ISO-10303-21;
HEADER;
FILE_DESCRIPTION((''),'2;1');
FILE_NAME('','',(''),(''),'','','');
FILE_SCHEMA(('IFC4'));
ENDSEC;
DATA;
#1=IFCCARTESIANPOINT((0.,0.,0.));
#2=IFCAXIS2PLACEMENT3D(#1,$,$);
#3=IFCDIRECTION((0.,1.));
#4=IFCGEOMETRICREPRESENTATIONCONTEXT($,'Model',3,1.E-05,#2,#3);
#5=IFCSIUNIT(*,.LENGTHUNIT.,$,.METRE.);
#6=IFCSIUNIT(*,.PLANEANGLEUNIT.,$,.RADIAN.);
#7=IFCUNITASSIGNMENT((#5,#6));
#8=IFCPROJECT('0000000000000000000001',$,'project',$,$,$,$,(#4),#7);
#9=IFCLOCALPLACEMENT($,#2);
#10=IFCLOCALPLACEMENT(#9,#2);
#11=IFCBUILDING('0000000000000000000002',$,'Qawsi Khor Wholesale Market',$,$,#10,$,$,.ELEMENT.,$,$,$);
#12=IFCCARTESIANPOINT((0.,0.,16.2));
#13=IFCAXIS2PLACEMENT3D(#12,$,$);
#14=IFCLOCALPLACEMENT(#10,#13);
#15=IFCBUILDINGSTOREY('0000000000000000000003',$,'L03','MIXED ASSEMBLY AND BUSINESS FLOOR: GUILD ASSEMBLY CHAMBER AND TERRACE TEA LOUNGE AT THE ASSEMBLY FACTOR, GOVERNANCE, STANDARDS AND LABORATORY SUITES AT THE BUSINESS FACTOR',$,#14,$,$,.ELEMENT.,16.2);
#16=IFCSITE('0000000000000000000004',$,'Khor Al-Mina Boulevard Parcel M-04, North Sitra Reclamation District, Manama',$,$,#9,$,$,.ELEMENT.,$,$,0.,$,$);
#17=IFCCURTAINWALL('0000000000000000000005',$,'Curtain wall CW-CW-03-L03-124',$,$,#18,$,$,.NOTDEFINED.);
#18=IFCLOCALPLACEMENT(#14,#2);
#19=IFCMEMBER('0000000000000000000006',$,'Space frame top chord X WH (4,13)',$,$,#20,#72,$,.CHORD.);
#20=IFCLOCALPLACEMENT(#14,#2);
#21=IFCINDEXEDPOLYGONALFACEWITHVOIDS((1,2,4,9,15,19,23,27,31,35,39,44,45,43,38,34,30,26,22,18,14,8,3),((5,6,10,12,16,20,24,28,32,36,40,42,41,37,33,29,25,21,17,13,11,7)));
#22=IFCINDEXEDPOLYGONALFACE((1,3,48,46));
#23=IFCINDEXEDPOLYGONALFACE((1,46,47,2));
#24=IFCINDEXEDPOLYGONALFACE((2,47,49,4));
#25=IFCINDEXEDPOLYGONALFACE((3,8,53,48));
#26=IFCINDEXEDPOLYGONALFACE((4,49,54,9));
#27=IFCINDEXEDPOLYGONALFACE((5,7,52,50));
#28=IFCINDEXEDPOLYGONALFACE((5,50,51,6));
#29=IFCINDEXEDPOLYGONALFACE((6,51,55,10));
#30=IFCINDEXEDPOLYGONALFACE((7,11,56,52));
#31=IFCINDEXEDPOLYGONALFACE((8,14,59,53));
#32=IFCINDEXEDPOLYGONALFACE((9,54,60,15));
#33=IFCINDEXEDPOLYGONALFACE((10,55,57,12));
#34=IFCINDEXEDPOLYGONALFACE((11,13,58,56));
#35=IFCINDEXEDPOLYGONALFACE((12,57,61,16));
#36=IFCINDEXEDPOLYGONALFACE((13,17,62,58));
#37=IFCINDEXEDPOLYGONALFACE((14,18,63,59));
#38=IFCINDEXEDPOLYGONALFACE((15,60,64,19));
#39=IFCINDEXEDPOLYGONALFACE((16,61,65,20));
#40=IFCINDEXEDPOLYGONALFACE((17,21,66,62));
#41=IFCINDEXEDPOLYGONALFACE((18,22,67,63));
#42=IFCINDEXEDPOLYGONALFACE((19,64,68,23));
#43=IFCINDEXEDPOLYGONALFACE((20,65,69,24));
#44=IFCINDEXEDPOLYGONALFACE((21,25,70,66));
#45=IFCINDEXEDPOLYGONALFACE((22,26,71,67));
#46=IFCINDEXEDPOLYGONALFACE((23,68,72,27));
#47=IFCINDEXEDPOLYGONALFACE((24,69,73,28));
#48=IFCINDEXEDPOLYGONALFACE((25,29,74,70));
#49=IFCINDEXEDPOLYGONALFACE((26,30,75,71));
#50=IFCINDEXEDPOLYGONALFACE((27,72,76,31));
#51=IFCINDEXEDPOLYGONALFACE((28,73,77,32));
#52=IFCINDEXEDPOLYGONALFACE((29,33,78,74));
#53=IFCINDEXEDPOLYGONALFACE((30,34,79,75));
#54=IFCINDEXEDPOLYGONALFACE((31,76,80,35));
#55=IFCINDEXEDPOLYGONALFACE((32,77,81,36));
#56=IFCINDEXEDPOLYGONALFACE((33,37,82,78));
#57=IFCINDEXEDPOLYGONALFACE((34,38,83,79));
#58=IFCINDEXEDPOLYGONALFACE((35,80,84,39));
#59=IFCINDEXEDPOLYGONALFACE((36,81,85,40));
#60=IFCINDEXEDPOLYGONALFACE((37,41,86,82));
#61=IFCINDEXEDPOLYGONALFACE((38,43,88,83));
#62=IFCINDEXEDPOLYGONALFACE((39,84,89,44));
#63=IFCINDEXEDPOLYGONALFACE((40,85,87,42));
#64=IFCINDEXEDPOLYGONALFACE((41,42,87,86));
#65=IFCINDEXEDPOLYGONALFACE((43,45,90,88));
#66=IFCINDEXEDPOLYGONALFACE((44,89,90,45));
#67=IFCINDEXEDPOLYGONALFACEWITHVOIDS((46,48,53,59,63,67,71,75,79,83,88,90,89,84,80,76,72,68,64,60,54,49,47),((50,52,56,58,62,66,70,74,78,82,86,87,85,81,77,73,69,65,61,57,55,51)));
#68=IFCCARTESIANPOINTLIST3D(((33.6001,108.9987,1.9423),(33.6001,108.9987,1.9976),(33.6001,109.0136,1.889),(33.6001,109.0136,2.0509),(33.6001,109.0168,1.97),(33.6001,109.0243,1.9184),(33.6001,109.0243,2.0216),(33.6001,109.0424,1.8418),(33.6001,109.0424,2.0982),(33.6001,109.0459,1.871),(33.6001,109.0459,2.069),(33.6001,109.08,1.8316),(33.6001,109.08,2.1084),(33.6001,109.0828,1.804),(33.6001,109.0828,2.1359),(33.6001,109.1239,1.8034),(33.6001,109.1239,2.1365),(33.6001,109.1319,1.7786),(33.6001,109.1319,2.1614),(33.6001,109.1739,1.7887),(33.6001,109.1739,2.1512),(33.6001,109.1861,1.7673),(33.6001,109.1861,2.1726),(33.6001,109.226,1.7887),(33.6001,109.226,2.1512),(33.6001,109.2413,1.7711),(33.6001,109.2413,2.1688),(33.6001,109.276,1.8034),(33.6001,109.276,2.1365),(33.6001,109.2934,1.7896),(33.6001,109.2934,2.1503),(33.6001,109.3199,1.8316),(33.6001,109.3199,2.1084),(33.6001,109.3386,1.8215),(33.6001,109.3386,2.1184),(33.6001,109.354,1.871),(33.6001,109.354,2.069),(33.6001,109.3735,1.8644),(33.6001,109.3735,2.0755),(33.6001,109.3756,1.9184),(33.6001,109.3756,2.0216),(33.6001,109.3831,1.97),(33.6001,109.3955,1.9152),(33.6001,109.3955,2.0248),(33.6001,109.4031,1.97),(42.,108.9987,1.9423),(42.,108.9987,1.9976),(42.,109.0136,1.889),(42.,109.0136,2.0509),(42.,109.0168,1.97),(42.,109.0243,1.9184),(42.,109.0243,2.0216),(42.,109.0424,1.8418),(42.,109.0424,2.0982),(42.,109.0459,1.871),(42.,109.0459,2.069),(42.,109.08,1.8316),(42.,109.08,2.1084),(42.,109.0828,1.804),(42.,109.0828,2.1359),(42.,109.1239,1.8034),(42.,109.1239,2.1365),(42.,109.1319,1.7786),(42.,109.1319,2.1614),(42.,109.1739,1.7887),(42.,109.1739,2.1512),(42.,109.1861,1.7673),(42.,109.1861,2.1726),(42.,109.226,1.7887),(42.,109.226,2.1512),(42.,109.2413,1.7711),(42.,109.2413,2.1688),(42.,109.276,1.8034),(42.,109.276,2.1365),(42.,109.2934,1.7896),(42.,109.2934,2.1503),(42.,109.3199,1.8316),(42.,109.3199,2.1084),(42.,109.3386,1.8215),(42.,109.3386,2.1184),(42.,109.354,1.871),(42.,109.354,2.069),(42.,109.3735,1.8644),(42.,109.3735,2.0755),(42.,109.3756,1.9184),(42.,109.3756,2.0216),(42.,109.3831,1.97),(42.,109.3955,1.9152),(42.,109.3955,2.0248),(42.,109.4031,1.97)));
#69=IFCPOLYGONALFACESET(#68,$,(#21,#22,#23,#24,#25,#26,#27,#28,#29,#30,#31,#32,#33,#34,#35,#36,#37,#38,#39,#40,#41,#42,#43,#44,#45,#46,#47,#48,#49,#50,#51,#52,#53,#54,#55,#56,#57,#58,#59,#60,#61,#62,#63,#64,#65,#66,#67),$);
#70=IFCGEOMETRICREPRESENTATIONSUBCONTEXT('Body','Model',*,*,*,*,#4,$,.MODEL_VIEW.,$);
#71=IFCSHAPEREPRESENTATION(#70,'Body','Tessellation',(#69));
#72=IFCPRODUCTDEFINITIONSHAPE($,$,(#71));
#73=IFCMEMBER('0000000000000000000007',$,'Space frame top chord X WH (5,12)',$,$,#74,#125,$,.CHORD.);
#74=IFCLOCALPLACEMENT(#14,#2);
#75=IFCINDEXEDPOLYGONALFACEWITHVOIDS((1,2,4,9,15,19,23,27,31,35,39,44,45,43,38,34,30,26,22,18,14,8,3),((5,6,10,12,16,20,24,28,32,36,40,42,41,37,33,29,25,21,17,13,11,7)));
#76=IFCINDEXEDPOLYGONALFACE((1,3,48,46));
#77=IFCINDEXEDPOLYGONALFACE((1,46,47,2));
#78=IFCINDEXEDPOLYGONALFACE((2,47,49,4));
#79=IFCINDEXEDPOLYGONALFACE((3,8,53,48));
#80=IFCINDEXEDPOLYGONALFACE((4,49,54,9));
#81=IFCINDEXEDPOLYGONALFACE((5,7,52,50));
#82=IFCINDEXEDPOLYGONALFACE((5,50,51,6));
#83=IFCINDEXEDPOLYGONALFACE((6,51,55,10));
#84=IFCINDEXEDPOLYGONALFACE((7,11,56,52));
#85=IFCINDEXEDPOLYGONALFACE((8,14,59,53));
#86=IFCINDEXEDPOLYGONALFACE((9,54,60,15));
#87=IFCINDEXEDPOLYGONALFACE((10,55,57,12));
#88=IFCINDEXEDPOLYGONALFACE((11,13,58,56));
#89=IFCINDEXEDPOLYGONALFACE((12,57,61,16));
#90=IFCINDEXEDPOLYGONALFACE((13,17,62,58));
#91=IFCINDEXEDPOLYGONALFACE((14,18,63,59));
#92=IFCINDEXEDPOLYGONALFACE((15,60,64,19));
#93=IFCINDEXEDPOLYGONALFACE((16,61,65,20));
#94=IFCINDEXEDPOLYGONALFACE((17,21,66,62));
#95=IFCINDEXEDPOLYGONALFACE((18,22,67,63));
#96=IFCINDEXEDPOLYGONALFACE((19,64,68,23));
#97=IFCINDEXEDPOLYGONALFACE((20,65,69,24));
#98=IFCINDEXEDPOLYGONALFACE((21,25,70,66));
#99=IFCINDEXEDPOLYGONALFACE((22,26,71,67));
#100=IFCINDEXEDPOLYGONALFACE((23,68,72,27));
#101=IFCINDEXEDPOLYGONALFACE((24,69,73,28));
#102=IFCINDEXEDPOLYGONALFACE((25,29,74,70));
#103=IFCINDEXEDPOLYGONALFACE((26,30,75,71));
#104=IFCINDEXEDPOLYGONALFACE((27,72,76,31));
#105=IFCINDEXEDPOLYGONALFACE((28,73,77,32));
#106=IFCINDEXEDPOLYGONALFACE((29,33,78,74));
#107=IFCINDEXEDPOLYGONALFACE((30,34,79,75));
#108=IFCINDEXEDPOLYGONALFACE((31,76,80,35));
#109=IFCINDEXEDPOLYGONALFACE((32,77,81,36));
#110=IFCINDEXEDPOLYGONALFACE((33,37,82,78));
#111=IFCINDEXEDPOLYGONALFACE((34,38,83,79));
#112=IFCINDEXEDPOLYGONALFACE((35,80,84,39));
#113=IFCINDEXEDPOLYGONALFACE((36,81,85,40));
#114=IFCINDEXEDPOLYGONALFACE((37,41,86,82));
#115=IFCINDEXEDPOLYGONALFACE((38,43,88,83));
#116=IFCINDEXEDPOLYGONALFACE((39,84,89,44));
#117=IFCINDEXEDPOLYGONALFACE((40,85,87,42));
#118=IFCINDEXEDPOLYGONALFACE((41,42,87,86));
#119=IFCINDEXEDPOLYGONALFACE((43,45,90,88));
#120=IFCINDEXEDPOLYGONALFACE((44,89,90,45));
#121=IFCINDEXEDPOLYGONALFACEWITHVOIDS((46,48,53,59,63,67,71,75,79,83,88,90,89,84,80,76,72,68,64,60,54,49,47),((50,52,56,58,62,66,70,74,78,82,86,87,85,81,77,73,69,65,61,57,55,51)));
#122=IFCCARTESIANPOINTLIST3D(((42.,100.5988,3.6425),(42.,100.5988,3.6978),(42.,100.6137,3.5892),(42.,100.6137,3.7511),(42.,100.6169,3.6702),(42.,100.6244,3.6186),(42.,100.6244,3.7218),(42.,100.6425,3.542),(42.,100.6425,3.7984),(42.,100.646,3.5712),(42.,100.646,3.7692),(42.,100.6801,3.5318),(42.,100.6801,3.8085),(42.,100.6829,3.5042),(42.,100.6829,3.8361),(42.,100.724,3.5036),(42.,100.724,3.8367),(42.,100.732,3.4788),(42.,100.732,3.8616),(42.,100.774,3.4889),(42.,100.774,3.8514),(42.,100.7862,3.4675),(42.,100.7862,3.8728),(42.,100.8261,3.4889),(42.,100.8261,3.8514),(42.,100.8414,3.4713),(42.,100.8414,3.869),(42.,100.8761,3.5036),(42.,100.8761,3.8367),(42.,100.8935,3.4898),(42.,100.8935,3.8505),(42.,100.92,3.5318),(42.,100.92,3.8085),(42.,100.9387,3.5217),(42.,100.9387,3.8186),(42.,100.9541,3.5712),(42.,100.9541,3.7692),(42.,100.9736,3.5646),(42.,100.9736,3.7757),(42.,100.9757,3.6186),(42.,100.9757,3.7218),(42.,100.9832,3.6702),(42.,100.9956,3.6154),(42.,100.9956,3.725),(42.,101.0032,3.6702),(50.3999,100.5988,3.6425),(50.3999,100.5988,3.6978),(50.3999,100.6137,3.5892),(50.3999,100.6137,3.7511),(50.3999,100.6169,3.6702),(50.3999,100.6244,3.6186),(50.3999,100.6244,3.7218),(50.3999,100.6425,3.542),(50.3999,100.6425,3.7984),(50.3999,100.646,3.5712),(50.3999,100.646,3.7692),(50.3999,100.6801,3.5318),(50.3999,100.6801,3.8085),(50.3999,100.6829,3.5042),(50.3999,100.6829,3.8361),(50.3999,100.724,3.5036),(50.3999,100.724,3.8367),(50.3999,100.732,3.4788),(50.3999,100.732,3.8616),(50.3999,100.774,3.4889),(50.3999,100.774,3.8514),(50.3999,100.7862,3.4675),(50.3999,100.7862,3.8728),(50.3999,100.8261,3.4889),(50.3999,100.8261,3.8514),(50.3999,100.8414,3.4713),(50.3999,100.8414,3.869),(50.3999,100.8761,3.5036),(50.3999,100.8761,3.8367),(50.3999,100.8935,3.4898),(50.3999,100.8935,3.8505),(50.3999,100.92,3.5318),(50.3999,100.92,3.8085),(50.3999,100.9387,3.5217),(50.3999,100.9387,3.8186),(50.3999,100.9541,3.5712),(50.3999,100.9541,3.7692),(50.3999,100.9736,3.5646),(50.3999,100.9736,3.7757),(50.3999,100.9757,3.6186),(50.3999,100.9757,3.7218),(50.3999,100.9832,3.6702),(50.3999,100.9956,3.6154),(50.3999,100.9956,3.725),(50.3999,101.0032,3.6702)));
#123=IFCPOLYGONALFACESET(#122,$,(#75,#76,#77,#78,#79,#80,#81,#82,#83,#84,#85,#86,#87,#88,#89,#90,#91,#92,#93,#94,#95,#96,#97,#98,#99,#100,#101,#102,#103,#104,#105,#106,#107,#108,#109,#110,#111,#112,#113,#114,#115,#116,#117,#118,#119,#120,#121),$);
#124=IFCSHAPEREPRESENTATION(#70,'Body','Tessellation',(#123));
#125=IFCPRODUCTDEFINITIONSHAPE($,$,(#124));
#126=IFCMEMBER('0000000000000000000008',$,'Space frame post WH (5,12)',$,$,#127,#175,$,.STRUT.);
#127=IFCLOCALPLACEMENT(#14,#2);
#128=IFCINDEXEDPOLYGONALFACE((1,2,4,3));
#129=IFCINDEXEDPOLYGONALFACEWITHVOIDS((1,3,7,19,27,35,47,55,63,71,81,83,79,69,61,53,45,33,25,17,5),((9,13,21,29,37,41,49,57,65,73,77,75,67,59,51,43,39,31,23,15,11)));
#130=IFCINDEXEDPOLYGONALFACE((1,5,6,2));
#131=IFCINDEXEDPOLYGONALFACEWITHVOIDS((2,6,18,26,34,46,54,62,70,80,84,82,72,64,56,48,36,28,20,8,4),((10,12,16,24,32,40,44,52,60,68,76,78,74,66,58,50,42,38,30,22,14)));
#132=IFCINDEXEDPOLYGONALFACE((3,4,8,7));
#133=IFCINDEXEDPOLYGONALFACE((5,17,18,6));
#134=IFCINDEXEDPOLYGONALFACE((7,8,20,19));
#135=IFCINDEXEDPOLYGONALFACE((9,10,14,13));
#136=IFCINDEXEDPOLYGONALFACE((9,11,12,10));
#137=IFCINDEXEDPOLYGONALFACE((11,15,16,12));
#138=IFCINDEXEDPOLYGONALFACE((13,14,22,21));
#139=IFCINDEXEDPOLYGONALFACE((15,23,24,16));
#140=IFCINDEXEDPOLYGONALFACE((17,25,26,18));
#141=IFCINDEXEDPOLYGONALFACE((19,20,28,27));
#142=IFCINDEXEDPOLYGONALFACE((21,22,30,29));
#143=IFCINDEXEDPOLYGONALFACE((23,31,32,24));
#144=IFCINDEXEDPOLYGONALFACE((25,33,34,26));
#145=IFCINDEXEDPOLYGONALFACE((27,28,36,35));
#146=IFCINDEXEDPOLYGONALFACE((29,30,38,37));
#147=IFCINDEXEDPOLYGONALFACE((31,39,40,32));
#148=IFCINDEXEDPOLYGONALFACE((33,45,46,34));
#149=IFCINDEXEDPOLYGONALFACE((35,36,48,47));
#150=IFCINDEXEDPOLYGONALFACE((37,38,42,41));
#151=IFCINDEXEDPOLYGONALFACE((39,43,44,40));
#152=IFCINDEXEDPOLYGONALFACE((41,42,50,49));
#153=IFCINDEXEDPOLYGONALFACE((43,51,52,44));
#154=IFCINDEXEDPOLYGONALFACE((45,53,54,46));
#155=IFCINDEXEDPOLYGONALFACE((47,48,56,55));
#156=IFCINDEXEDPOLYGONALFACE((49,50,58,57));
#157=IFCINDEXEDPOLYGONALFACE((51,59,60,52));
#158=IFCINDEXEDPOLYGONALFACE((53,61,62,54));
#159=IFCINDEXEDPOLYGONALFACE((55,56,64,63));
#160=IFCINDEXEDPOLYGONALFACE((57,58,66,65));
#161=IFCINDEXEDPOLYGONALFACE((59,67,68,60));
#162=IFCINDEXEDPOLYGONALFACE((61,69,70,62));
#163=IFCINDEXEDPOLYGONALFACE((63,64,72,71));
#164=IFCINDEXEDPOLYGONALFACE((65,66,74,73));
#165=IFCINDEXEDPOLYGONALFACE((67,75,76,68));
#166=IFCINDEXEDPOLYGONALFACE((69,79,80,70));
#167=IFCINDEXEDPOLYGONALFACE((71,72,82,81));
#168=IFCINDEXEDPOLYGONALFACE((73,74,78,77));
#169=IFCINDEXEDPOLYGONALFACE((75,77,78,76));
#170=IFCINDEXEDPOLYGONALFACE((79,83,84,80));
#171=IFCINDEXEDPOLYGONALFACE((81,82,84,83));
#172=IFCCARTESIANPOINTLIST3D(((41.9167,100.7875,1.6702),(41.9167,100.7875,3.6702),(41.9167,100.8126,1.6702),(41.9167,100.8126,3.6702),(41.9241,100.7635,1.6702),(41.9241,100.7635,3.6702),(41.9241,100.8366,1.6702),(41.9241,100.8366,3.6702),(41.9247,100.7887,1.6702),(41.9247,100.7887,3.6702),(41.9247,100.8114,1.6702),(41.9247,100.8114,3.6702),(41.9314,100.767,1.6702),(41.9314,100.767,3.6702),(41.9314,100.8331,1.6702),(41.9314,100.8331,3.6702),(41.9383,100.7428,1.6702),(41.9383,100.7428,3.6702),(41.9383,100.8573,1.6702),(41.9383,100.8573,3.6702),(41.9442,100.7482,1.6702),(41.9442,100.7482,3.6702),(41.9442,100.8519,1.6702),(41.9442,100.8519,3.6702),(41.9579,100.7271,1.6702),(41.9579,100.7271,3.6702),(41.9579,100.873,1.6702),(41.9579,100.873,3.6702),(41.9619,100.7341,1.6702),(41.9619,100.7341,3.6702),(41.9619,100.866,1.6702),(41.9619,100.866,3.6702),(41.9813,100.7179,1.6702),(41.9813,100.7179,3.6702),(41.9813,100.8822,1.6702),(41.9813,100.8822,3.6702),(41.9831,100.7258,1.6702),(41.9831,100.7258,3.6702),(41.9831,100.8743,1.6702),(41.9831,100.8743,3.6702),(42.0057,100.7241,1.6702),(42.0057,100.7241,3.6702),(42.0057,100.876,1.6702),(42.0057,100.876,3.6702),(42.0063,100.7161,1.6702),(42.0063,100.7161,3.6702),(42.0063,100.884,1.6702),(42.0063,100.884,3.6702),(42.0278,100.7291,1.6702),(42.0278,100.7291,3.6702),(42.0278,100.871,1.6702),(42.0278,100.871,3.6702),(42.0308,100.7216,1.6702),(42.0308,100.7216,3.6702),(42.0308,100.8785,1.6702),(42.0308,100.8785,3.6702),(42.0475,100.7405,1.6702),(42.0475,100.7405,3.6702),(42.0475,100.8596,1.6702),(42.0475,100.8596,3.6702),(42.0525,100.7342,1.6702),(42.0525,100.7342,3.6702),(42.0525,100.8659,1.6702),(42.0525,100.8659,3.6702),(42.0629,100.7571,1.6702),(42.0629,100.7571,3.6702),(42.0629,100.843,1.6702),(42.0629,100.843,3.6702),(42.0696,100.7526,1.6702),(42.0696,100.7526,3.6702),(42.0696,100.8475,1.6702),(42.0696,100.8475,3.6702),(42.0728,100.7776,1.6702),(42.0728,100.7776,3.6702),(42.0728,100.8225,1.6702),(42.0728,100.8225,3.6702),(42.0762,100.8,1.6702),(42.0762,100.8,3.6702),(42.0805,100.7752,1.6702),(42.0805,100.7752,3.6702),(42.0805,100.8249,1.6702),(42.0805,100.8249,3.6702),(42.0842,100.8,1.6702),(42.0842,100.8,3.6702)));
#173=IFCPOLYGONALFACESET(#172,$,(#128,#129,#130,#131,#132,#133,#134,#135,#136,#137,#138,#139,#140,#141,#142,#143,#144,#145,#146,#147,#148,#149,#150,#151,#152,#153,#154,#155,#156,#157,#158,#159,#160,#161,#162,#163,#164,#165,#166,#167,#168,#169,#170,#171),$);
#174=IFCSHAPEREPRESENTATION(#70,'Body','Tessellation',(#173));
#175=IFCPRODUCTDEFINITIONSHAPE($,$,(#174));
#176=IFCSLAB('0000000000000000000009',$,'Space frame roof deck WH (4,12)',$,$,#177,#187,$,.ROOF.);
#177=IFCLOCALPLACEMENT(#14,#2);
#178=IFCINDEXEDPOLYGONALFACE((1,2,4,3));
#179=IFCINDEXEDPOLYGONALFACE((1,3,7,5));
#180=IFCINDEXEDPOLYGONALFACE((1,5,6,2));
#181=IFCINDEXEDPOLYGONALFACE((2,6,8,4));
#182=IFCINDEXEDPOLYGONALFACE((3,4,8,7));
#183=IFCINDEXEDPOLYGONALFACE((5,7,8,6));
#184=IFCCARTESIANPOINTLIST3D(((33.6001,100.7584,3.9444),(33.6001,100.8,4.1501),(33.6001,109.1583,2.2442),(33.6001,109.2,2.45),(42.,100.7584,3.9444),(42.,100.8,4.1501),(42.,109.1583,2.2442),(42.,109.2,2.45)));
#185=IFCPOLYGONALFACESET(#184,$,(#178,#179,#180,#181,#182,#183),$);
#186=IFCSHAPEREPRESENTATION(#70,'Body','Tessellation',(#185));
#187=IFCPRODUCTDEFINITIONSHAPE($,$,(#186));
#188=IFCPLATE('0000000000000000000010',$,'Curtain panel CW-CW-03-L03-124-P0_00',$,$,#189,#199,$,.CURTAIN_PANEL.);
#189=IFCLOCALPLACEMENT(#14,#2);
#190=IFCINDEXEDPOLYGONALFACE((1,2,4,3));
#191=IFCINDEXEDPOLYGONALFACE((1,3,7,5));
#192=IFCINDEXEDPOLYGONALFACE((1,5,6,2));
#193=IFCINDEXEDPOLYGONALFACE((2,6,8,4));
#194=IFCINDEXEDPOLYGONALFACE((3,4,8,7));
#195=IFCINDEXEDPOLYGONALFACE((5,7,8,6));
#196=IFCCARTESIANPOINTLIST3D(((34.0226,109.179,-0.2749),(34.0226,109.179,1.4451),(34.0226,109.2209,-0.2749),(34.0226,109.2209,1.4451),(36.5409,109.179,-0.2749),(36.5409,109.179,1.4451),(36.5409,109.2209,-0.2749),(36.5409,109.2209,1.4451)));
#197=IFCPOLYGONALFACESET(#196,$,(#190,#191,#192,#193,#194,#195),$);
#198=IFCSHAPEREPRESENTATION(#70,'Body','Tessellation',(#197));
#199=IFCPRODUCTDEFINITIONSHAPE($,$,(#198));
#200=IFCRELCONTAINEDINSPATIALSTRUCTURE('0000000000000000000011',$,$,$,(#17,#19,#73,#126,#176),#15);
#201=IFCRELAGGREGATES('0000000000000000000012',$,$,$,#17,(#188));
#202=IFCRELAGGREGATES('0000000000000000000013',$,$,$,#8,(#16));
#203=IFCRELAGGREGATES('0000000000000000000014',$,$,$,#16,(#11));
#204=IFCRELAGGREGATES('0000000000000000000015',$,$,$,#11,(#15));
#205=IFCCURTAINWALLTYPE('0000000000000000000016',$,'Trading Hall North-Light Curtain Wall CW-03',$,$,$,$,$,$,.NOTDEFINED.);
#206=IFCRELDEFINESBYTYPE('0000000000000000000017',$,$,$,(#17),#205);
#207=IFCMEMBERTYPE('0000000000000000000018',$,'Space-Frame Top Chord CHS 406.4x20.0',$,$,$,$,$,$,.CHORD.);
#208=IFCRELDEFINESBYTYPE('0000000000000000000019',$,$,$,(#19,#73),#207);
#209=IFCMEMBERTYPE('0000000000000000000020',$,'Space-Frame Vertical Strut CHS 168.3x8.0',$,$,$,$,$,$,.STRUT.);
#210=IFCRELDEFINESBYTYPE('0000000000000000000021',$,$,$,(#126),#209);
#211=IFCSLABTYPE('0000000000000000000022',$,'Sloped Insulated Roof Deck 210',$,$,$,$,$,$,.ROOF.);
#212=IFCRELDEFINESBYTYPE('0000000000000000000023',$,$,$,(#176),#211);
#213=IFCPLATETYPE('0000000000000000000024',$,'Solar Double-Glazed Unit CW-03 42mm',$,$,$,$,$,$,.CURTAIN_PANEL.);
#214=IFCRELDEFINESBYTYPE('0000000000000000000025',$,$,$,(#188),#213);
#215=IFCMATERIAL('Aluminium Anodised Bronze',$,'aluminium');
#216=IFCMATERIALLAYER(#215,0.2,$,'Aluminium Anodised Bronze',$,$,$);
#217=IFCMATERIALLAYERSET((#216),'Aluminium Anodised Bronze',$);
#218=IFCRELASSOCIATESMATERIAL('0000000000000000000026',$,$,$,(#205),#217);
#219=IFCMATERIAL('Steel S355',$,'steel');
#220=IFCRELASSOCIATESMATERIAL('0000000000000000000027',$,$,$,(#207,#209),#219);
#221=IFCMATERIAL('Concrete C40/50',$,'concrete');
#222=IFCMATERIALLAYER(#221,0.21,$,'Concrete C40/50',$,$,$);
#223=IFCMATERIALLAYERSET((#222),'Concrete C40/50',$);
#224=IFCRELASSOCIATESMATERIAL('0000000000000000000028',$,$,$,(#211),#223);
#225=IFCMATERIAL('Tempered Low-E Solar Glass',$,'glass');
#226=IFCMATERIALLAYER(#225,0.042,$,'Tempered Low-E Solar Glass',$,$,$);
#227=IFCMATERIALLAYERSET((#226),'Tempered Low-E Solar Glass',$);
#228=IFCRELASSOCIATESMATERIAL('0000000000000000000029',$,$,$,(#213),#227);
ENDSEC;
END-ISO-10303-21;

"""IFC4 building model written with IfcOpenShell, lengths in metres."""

from ifc_helpers import new_model, si_unit, direction, frame, frame_2d, origin, origin_2d, place, context, subcontext, project, spatial, polyline, rectangle, hollow_circle, outline, extrude, material, layer, layer_set, material_profile, profile_set, type_object, element, aggregate, save


model = new_model("IFC4")

# Units and contexts
model_context = context("Model", 3, precision=1e-05, world=origin(), true_north=direction((0.0, 1.0)))
body_context = subcontext(model_context, "Body", "Model", "MODEL_VIEW")
ifc_project = project(units=[si_unit("LENGTHUNIT", "METRE"), si_unit("PLANEANGLEUNIT", "RADIAN")], contexts=[model_context])

# Site, building, storey
site_placement = place(None, origin())
site = spatial("IfcSite", under=ifc_project, at=site_placement, Name="Khor Al-Mina Boulevard Parcel M-04, North Sitra Reclamation District, Manama", CompositionType="ELEMENT", RefElevation=0.0)
building_placement = place(site_placement, origin())
building = spatial("IfcBuilding", under=site, at=building_placement, Name="Qawsi Khor Wholesale Market", CompositionType="ELEMENT")
storey_placement = place(building_placement, frame((0.0, 0.0, 16.2)))
storey = spatial("IfcBuildingStorey", under=building, at=storey_placement, Name="L03", Description="MIXED ASSEMBLY AND BUSINESS FLOOR: GUILD ASSEMBLY CHAMBER AND TERRACE TEA LOUNGE AT THE ASSEMBLY FACTOR, GOVERNANCE, STANDARDS AND LABORATORY SUITES AT THE BUSINESS FACTOR", CompositionType="ELEMENT", Elevation=16.2)

# Curtain wall
ifc_material_1 = material(Name="Aluminium Anodised Bronze", Category="aluminium")
ifc_layer_1 = layer(ifc_material_1, 0.2, Name="Aluminium Anodised Bronze")
ifc_layer_set_1 = layer_set([ifc_layer_1], Name="Aluminium Anodised Bronze")
curtain_wall_type = type_object("IfcCurtainWallType", Name="Trading Hall North-Light Curtain Wall CW-03", PredefinedType="NOTDEFINED", material=ifc_layer_set_1)
curtain_wall_placement = place(storey_placement, origin())
curtain_wall = element("IfcCurtainWall", 1, at=curtain_wall_placement, inside=storey, type_object=curtain_wall_type, Name="Curtain wall CW-CW-03-L03-124", PredefinedType="NOTDEFINED")

# Members
ifc_material_2 = material(Name="Steel S355", Category="steel")
ifc_material_profile_1 = material_profile(ifc_material_2, hollow_circle(Radius=0.2031, WallThickness=0.02, at=origin_2d()), Name="CHS 406.4x20.0")
ifc_profile_set_1 = profile_set([ifc_material_profile_1], Name="Steel S355")
member_type_1 = type_object("IfcMemberType", Name="Space-Frame Top Chord CHS 406.4x20.0", PredefinedType="CHORD", material=ifc_profile_set_1)
for number, where, z_axis, x_axis, name in (
    (2, (33.6001, 109.2, 1.97), (1.0, 0.0, 0.0), (0.0, 1.0, 0.0), "Space frame top chord X WH (4,13)"),
    (3, (42.0, 100.8, 3.6702), (1.0, 0.0, 0.0), (0.0, 1.0, 0.0), "Space frame top chord X WH (5,12)"),
):
    element("IfcMember", number, at=place(storey_placement, frame(where, z_axis=z_axis, x_axis=x_axis)), inside=storey, type_object=member_type_1, Name=name, PredefinedType="CHORD", context=body_context, shape_type="SweptSolid", body=[
        extrude(hollow_circle(Radius=0.2031, WallThickness=0.02, at=origin_2d()), origin(), (0.0, 0.0, 1.0), 8.3999),
    ])
ifc_material_profile_2 = material_profile(ifc_material_2, hollow_circle(Radius=0.0842, WallThickness=0.0081, at=origin_2d()), Name="CHS 168.3x8.0")
ifc_profile_set_2 = profile_set([ifc_material_profile_2], Name="Steel S355")
member_type_2 = type_object("IfcMemberType", Name="Space-Frame Vertical Strut CHS 168.3x8.0", PredefinedType="STRUT", material=ifc_profile_set_2)
member_1_placement = place(storey_placement, frame((42.0, 100.8, 1.6702), z_axis=(0.0, 0.0, 1.0), x_axis=(1.0, 0.0, 0.0)))
element("IfcMember", 4, at=member_1_placement, inside=storey, type_object=member_type_2, Name="Space frame post WH (5,12)", PredefinedType="STRUT", context=body_context, shape_type="SweptSolid", body=[
    extrude(hollow_circle(Radius=0.0842, WallThickness=0.0081, at=origin_2d()), origin(), (0.0, 0.0, 1.0), 2.0),
])

# Slab
ifc_material_3 = material(Name="Concrete C40/50", Category="concrete")
ifc_layer_2 = layer(ifc_material_3, 0.21, Name="Concrete C40/50")
ifc_layer_set_2 = layer_set([ifc_layer_2], Name="Concrete C40/50")
slab_type = type_object("IfcSlabType", Name="Sloped Insulated Roof Deck 210", PredefinedType="ROOF", material=ifc_layer_set_2)
slab_placement = place(storey_placement, frame((33.6001, 100.8, 4.1501), z_axis=(0.0, 0.198384, 0.980124), x_axis=(1.0, 0.0, 0.0)))
element("IfcSlab", 5, at=slab_placement, inside=storey, type_object=slab_type, Name="Space frame roof deck WH (4,12)", PredefinedType="ROOF", context=body_context, shape_type="SweptSolid", body=[
    extrude(outline(polyline([(0.0, 0.0), (8.3999, 0.0), (8.3999, 8.5702), (0.0, 8.5702), (0.0, 0.0)])), origin(), (0.0, 0.0, -1.0), 0.21),
])

# Plate
ifc_material_4 = material(Name="Tempered Low-E Solar Glass", Category="glass")
ifc_layer_3 = layer(ifc_material_4, 0.042, Name="Tempered Low-E Solar Glass")
ifc_layer_set_3 = layer_set([ifc_layer_3], Name="Tempered Low-E Solar Glass")
plate_type = type_object("IfcPlateType", Name="Solar Double-Glazed Unit CW-03 42mm", PredefinedType="CURTAIN_PANEL", material=ifc_layer_set_3)
plate_1_placement = place(storey_placement, frame((34.0225, 109.2, -0.2749), z_axis=(0.0, 0.0, 1.0), x_axis=(1.0, 0.0, 0.0)))
plate_1 = element("IfcPlate", 6, at=plate_1_placement, type_object=plate_type, Name="Curtain panel CW-CW-03-L03-124-P0_00", PredefinedType="CURTAIN_PANEL", context=body_context, shape_type="SweptSolid", body=[
    extrude(rectangle(XDim=2.5183, YDim=0.042, at=frame_2d((1.2593, 0.0))), origin(), (0.0, 0.0, 1.0), 1.72),
])
aggregate(curtain_wall, [plate_1])

save(model, "model.ifc")
